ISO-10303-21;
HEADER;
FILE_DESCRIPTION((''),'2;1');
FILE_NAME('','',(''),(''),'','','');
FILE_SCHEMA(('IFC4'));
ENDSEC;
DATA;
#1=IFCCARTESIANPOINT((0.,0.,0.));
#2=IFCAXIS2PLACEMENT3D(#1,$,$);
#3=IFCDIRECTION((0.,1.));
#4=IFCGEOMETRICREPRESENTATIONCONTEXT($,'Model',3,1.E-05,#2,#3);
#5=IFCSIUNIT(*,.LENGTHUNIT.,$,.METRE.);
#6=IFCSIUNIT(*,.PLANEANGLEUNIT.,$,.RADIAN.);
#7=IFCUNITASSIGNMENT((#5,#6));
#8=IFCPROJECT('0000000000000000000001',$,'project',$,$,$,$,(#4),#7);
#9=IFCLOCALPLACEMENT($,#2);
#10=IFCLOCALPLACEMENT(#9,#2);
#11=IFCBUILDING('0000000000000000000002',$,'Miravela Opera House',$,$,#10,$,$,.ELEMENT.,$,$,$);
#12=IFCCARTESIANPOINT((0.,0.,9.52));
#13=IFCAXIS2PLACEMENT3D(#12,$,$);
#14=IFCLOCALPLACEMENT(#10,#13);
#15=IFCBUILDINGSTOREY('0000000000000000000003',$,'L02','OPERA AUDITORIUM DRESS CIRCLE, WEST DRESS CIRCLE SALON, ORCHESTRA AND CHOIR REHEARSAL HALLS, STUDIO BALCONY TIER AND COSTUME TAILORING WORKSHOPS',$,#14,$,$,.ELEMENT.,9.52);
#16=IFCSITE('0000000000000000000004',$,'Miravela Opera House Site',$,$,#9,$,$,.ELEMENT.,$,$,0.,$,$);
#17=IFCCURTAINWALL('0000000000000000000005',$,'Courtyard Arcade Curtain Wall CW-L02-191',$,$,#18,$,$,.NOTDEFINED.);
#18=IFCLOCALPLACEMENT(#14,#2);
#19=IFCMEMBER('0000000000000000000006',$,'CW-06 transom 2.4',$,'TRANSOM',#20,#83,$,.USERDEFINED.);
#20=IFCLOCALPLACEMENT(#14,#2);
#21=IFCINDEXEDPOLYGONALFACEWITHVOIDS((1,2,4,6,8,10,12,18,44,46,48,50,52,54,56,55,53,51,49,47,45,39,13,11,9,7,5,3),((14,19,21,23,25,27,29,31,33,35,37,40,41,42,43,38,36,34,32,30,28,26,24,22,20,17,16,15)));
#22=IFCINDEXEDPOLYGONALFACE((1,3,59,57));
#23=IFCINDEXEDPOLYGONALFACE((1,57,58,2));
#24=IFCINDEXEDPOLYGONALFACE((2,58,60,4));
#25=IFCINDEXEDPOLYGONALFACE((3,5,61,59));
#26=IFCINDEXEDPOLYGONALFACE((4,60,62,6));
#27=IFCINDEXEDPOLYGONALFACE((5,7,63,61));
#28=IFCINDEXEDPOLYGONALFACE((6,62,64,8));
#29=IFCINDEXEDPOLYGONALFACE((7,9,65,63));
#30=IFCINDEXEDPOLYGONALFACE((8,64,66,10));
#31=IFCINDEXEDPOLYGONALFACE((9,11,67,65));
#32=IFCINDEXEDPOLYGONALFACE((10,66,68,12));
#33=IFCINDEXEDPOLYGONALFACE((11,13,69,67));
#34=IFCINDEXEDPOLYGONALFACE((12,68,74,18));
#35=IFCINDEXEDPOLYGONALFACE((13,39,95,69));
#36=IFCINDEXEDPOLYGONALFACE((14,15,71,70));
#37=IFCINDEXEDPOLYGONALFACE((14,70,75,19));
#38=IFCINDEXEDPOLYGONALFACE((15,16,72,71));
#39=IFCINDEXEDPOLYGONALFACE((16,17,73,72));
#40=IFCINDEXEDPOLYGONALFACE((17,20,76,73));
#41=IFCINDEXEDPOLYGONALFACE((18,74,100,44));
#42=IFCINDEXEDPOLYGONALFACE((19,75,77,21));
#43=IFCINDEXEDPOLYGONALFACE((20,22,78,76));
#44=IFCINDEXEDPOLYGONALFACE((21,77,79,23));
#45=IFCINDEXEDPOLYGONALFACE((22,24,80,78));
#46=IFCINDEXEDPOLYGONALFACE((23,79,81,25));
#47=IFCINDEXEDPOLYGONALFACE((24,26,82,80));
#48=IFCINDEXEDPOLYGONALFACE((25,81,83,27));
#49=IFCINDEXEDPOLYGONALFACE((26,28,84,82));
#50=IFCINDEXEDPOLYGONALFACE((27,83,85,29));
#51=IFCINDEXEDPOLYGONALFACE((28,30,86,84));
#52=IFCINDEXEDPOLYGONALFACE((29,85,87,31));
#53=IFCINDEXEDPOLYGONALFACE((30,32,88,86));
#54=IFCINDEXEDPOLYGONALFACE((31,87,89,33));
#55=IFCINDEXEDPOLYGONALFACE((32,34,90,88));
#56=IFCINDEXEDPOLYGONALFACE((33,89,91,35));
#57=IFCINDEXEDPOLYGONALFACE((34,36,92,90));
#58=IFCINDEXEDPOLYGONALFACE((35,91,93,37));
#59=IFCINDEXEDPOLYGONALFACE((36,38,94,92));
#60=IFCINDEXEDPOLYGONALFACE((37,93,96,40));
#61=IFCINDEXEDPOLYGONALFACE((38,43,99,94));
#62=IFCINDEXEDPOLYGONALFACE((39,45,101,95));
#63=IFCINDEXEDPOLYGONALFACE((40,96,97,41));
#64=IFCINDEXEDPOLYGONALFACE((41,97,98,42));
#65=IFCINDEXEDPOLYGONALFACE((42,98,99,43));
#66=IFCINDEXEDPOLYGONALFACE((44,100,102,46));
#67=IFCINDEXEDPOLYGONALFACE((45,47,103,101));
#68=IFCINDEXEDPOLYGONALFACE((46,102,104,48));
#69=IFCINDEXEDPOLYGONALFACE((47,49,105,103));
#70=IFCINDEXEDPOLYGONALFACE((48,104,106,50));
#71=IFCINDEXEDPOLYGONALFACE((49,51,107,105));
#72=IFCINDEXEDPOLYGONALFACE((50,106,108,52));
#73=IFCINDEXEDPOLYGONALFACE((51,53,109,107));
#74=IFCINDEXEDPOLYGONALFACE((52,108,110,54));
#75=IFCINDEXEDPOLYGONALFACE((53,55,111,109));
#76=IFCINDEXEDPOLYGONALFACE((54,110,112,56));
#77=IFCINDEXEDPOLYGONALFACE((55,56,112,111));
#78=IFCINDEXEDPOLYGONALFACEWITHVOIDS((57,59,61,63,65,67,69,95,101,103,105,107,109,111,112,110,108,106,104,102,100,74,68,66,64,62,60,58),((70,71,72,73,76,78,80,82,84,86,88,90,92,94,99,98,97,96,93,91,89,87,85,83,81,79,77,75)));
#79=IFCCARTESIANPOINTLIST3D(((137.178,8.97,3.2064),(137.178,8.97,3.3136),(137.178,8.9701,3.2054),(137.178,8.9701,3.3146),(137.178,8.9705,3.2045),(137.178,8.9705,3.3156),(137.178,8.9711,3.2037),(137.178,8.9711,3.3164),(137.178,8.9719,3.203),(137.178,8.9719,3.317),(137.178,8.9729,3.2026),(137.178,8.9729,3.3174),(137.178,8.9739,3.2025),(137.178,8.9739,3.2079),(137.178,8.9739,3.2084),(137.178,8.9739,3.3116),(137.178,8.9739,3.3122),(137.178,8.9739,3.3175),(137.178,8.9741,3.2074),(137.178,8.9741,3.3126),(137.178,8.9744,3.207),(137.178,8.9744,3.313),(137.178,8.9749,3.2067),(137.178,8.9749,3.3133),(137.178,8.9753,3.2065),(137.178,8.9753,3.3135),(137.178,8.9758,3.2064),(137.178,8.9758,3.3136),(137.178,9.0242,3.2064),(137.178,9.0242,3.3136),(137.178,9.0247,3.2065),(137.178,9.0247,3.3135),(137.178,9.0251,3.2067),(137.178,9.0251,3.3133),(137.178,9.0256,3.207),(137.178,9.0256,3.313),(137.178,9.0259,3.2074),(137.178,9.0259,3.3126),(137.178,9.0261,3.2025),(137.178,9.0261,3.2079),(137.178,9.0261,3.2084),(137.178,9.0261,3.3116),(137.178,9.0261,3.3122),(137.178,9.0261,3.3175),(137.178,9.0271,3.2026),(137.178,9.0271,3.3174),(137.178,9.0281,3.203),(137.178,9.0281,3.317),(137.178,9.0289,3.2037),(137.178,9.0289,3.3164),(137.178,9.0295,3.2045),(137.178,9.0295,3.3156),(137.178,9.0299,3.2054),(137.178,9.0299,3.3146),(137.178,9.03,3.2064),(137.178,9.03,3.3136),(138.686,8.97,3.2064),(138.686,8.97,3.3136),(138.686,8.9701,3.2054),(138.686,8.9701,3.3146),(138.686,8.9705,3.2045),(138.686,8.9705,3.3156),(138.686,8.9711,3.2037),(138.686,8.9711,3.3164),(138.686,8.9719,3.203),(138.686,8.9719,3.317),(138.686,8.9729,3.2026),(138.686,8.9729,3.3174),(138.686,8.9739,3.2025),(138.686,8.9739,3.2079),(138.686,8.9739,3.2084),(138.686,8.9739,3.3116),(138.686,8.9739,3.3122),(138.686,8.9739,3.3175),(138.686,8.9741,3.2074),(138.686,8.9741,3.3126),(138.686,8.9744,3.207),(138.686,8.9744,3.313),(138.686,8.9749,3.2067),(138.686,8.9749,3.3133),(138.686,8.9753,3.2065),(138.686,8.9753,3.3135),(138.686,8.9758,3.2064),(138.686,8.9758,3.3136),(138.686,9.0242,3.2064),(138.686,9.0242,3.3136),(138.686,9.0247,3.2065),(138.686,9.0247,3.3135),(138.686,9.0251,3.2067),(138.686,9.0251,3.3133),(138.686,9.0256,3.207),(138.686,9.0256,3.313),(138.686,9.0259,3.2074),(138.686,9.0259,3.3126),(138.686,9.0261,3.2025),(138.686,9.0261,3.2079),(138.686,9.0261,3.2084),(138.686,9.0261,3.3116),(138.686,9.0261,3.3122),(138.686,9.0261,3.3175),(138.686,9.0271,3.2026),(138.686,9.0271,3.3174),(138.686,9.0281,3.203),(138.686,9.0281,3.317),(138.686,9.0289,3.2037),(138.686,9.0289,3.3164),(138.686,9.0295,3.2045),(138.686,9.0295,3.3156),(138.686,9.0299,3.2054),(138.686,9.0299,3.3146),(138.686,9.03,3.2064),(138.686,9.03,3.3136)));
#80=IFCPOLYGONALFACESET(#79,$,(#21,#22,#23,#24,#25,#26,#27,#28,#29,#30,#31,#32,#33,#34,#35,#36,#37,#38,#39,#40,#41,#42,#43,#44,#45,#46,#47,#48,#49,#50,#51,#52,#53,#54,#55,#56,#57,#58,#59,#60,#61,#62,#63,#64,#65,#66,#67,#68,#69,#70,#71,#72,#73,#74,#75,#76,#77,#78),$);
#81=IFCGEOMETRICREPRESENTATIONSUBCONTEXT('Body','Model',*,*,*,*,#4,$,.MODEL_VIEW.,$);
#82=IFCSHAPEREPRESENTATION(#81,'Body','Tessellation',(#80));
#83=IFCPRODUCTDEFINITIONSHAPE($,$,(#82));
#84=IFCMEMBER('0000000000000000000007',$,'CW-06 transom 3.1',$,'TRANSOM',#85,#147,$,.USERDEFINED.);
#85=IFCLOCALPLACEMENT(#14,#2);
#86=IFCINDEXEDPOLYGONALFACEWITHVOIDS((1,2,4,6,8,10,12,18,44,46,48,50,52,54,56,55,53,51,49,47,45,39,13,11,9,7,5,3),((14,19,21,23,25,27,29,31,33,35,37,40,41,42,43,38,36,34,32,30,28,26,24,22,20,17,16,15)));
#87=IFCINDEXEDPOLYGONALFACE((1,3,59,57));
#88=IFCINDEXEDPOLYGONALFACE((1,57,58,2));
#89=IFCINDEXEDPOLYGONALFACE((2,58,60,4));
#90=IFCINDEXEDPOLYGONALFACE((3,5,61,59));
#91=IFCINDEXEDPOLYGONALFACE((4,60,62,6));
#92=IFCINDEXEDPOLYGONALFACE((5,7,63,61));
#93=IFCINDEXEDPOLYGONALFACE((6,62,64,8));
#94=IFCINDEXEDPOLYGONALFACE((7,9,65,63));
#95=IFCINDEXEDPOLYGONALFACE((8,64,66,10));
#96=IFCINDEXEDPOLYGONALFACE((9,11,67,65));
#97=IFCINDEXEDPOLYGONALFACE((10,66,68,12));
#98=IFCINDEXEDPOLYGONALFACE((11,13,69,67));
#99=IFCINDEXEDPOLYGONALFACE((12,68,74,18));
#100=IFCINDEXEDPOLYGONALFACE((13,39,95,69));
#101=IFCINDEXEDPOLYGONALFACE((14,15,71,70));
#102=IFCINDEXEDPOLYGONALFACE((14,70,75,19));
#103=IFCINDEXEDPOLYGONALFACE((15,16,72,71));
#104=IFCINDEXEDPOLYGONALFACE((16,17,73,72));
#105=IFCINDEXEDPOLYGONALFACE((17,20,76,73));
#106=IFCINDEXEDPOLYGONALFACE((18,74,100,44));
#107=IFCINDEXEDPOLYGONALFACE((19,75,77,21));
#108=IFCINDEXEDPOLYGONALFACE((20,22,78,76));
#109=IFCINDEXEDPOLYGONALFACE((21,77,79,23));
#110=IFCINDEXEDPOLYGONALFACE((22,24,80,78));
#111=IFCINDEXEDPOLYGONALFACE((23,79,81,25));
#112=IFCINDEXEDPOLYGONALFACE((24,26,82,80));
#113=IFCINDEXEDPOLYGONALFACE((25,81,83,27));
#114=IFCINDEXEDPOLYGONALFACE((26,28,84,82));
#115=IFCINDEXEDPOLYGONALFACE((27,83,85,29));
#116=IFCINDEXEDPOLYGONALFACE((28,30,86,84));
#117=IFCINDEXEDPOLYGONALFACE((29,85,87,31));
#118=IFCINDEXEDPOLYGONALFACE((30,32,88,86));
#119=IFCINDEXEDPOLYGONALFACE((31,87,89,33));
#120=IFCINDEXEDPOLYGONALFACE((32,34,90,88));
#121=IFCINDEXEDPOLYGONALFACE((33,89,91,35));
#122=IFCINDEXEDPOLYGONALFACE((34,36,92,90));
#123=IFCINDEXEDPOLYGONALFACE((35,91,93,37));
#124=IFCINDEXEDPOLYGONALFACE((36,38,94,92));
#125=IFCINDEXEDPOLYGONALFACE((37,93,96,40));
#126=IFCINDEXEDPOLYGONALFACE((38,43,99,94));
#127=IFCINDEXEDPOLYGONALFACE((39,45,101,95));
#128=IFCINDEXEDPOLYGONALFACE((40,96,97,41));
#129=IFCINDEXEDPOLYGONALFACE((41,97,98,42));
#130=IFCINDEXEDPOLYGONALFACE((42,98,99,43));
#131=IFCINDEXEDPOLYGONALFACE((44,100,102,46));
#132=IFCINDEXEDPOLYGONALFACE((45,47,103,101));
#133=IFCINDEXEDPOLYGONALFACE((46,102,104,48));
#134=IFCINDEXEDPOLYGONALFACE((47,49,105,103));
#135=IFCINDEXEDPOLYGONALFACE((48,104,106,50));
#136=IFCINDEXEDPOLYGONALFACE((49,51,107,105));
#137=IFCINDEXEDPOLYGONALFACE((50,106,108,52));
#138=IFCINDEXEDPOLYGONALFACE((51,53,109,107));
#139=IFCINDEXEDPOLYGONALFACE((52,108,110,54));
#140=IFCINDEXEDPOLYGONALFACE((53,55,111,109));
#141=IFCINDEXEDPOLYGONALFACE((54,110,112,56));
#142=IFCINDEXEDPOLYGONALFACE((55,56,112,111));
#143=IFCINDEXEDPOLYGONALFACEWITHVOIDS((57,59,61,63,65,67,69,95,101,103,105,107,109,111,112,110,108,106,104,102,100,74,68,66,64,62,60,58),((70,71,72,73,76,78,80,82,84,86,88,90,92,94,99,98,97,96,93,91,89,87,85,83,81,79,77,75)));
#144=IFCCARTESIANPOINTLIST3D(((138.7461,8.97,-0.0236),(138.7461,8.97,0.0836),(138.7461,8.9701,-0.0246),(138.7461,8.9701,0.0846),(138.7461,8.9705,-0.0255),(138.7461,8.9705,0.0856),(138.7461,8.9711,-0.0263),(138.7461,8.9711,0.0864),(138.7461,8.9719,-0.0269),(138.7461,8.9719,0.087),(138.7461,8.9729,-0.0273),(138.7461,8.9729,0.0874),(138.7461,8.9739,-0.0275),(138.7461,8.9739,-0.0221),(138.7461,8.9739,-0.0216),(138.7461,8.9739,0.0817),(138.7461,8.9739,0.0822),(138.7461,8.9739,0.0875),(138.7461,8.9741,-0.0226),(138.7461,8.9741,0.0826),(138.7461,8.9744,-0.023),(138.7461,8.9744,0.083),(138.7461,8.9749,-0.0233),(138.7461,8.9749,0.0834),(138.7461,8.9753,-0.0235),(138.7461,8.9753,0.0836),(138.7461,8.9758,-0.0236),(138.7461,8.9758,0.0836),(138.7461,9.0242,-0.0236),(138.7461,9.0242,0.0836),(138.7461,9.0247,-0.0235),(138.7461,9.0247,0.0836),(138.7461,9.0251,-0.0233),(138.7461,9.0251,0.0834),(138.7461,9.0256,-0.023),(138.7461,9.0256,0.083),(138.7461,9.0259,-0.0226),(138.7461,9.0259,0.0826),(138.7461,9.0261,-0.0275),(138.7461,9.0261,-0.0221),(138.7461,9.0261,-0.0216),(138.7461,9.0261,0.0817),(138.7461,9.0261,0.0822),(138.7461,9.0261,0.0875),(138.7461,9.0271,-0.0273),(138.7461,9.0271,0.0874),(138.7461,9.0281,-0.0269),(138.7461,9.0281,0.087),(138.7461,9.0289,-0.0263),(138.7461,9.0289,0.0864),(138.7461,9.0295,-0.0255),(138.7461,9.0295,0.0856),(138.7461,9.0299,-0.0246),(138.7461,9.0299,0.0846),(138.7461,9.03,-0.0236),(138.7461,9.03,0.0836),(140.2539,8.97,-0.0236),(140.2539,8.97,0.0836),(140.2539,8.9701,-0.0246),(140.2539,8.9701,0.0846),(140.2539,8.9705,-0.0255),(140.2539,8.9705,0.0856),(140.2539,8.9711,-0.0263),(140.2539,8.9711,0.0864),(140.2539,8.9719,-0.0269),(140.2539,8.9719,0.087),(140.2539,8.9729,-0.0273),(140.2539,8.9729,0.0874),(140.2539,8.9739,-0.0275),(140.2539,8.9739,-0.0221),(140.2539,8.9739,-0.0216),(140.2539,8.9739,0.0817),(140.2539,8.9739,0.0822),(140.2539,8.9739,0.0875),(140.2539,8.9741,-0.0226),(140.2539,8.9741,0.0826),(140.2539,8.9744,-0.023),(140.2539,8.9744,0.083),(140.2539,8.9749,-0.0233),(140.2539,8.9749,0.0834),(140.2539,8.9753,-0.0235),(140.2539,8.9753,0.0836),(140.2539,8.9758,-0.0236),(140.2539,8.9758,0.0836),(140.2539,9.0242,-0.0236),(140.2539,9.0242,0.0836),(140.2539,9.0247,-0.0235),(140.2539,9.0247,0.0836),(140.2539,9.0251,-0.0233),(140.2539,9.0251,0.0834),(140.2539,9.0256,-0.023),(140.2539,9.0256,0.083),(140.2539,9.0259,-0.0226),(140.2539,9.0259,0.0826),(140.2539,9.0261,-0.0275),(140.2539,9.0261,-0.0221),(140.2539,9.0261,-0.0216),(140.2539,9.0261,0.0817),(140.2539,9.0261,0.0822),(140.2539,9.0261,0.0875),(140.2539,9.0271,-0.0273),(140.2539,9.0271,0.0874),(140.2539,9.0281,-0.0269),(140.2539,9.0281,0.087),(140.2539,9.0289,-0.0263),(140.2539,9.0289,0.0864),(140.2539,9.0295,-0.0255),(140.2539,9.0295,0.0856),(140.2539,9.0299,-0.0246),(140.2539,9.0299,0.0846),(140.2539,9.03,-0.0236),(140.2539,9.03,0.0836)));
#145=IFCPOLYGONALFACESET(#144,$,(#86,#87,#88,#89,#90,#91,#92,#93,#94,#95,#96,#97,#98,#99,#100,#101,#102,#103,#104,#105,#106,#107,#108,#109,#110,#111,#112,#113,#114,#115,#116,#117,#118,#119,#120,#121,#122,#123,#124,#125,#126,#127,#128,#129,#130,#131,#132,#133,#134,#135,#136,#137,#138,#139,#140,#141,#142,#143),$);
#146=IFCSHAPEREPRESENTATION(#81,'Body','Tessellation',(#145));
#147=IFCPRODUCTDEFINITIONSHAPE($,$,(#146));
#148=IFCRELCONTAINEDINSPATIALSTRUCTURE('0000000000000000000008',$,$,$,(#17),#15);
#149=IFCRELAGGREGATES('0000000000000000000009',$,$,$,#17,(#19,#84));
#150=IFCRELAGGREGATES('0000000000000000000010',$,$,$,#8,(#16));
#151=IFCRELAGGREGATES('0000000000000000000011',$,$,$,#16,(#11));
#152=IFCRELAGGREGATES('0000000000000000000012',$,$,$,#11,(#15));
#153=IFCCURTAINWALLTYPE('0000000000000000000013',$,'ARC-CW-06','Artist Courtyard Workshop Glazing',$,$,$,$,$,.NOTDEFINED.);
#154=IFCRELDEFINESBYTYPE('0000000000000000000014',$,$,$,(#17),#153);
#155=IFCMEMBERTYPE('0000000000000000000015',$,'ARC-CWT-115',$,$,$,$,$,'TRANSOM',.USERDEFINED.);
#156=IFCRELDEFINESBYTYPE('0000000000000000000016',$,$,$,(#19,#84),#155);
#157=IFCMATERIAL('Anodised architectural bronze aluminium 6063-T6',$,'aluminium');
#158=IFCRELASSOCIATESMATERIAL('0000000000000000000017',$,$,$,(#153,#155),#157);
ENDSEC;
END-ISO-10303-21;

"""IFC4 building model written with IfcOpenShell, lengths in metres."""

from ifc_helpers import new_model, si_unit, direction, frame, origin, origin_2d, place, context, subcontext, project, spatial, hollow_rectangle, extrude, material, material_profile, profile_set, type_object, element, aggregate, save


model = new_model("IFC4")

# Units and contexts
model_context = context("Model", 3, precision=1e-05, world=origin(), true_north=direction((0.0, 1.0)))
body_context = subcontext(model_context, "Body", "Model", "MODEL_VIEW")
ifc_project = project(units=[si_unit("LENGTHUNIT", "METRE"), si_unit("PLANEANGLEUNIT", "RADIAN")], contexts=[model_context])

# Site, building, storey
site_placement = place(None, origin())
site = spatial("IfcSite", under=ifc_project, at=site_placement, Name="Miravela Opera House Site", CompositionType="ELEMENT", RefElevation=0.0)
building_placement = place(site_placement, origin())
building = spatial("IfcBuilding", under=site, at=building_placement, Name="Miravela Opera House", CompositionType="ELEMENT")
storey_placement = place(building_placement, frame((0.0, 0.0, 9.52)))
storey = spatial("IfcBuildingStorey", under=building, at=storey_placement, Name="L02", Description="OPERA AUDITORIUM DRESS CIRCLE, WEST DRESS CIRCLE SALON, ORCHESTRA AND CHOIR REHEARSAL HALLS, STUDIO BALCONY TIER AND COSTUME TAILORING WORKSHOPS", CompositionType="ELEMENT", Elevation=9.52)

# Curtain wall, members
ifc_material_1 = material(Name="Anodised architectural bronze aluminium 6063-T6", Category="aluminium")
curtain_wall_type = type_object("IfcCurtainWallType", Name="ARC-CW-06", Description="Artist Courtyard Workshop Glazing", PredefinedType="NOTDEFINED", material=ifc_material_1)
curtain_wall_placement = place(storey_placement, origin())
curtain_wall = element("IfcCurtainWall", 1, at=curtain_wall_placement, inside=storey, type_object=curtain_wall_type, Name="Courtyard Arcade Curtain Wall CW-L02-191", PredefinedType="NOTDEFINED")
ifc_material_profile_1 = material_profile(ifc_material_1, hollow_rectangle(XDim=0.0601, YDim=0.115, WallThickness=0.0039, InnerFilletRadius=0.002, OuterFilletRadius=0.0039, at=origin_2d()), Name="CWT-60X115")
ifc_profile_set_1 = profile_set([ifc_material_profile_1])
member_type_1 = type_object("IfcMemberType", Name="ARC-CWT-115", ElementType="TRANSOM", PredefinedType="USERDEFINED", material=ifc_profile_set_1)
member_1_placement = place(storey_placement, frame((137.178, 9.0, 3.26), z_axis=(1.0, 0.0, 0.0), x_axis=(0.0, 1.0, 0.0)))
member_1 = element("IfcMember", 2, at=member_1_placement, type_object=member_type_1, Name="CW-06 transom 2.4", ObjectType="TRANSOM", PredefinedType="USERDEFINED", context=body_context, shape_type="SweptSolid", body=[
    extrude(hollow_rectangle(XDim=0.0601, YDim=0.115, WallThickness=0.0039, InnerFilletRadius=0.002, OuterFilletRadius=0.0039, at=origin_2d()), origin(), (0.0, 0.0, 1.0), 1.5081),
])
member_2_placement = place(storey_placement, frame((138.7461, 9.0, 0.03), z_axis=(1.0, 0.0, 0.0), x_axis=(0.0, 1.0, 0.0)))
member_2 = element("IfcMember", 3, at=member_2_placement, type_object=member_type_1, Name="CW-06 transom 3.1", ObjectType="TRANSOM", PredefinedType="USERDEFINED", context=body_context, shape_type="SweptSolid", body=[
    extrude(hollow_rectangle(XDim=0.0601, YDim=0.115, WallThickness=0.0039, InnerFilletRadius=0.002, OuterFilletRadius=0.0039, at=origin_2d()), origin(), (0.0, 0.0, 1.0), 1.5078),
])
aggregate(curtain_wall, [member_1, member_2])

save(model, "model.ifc")
